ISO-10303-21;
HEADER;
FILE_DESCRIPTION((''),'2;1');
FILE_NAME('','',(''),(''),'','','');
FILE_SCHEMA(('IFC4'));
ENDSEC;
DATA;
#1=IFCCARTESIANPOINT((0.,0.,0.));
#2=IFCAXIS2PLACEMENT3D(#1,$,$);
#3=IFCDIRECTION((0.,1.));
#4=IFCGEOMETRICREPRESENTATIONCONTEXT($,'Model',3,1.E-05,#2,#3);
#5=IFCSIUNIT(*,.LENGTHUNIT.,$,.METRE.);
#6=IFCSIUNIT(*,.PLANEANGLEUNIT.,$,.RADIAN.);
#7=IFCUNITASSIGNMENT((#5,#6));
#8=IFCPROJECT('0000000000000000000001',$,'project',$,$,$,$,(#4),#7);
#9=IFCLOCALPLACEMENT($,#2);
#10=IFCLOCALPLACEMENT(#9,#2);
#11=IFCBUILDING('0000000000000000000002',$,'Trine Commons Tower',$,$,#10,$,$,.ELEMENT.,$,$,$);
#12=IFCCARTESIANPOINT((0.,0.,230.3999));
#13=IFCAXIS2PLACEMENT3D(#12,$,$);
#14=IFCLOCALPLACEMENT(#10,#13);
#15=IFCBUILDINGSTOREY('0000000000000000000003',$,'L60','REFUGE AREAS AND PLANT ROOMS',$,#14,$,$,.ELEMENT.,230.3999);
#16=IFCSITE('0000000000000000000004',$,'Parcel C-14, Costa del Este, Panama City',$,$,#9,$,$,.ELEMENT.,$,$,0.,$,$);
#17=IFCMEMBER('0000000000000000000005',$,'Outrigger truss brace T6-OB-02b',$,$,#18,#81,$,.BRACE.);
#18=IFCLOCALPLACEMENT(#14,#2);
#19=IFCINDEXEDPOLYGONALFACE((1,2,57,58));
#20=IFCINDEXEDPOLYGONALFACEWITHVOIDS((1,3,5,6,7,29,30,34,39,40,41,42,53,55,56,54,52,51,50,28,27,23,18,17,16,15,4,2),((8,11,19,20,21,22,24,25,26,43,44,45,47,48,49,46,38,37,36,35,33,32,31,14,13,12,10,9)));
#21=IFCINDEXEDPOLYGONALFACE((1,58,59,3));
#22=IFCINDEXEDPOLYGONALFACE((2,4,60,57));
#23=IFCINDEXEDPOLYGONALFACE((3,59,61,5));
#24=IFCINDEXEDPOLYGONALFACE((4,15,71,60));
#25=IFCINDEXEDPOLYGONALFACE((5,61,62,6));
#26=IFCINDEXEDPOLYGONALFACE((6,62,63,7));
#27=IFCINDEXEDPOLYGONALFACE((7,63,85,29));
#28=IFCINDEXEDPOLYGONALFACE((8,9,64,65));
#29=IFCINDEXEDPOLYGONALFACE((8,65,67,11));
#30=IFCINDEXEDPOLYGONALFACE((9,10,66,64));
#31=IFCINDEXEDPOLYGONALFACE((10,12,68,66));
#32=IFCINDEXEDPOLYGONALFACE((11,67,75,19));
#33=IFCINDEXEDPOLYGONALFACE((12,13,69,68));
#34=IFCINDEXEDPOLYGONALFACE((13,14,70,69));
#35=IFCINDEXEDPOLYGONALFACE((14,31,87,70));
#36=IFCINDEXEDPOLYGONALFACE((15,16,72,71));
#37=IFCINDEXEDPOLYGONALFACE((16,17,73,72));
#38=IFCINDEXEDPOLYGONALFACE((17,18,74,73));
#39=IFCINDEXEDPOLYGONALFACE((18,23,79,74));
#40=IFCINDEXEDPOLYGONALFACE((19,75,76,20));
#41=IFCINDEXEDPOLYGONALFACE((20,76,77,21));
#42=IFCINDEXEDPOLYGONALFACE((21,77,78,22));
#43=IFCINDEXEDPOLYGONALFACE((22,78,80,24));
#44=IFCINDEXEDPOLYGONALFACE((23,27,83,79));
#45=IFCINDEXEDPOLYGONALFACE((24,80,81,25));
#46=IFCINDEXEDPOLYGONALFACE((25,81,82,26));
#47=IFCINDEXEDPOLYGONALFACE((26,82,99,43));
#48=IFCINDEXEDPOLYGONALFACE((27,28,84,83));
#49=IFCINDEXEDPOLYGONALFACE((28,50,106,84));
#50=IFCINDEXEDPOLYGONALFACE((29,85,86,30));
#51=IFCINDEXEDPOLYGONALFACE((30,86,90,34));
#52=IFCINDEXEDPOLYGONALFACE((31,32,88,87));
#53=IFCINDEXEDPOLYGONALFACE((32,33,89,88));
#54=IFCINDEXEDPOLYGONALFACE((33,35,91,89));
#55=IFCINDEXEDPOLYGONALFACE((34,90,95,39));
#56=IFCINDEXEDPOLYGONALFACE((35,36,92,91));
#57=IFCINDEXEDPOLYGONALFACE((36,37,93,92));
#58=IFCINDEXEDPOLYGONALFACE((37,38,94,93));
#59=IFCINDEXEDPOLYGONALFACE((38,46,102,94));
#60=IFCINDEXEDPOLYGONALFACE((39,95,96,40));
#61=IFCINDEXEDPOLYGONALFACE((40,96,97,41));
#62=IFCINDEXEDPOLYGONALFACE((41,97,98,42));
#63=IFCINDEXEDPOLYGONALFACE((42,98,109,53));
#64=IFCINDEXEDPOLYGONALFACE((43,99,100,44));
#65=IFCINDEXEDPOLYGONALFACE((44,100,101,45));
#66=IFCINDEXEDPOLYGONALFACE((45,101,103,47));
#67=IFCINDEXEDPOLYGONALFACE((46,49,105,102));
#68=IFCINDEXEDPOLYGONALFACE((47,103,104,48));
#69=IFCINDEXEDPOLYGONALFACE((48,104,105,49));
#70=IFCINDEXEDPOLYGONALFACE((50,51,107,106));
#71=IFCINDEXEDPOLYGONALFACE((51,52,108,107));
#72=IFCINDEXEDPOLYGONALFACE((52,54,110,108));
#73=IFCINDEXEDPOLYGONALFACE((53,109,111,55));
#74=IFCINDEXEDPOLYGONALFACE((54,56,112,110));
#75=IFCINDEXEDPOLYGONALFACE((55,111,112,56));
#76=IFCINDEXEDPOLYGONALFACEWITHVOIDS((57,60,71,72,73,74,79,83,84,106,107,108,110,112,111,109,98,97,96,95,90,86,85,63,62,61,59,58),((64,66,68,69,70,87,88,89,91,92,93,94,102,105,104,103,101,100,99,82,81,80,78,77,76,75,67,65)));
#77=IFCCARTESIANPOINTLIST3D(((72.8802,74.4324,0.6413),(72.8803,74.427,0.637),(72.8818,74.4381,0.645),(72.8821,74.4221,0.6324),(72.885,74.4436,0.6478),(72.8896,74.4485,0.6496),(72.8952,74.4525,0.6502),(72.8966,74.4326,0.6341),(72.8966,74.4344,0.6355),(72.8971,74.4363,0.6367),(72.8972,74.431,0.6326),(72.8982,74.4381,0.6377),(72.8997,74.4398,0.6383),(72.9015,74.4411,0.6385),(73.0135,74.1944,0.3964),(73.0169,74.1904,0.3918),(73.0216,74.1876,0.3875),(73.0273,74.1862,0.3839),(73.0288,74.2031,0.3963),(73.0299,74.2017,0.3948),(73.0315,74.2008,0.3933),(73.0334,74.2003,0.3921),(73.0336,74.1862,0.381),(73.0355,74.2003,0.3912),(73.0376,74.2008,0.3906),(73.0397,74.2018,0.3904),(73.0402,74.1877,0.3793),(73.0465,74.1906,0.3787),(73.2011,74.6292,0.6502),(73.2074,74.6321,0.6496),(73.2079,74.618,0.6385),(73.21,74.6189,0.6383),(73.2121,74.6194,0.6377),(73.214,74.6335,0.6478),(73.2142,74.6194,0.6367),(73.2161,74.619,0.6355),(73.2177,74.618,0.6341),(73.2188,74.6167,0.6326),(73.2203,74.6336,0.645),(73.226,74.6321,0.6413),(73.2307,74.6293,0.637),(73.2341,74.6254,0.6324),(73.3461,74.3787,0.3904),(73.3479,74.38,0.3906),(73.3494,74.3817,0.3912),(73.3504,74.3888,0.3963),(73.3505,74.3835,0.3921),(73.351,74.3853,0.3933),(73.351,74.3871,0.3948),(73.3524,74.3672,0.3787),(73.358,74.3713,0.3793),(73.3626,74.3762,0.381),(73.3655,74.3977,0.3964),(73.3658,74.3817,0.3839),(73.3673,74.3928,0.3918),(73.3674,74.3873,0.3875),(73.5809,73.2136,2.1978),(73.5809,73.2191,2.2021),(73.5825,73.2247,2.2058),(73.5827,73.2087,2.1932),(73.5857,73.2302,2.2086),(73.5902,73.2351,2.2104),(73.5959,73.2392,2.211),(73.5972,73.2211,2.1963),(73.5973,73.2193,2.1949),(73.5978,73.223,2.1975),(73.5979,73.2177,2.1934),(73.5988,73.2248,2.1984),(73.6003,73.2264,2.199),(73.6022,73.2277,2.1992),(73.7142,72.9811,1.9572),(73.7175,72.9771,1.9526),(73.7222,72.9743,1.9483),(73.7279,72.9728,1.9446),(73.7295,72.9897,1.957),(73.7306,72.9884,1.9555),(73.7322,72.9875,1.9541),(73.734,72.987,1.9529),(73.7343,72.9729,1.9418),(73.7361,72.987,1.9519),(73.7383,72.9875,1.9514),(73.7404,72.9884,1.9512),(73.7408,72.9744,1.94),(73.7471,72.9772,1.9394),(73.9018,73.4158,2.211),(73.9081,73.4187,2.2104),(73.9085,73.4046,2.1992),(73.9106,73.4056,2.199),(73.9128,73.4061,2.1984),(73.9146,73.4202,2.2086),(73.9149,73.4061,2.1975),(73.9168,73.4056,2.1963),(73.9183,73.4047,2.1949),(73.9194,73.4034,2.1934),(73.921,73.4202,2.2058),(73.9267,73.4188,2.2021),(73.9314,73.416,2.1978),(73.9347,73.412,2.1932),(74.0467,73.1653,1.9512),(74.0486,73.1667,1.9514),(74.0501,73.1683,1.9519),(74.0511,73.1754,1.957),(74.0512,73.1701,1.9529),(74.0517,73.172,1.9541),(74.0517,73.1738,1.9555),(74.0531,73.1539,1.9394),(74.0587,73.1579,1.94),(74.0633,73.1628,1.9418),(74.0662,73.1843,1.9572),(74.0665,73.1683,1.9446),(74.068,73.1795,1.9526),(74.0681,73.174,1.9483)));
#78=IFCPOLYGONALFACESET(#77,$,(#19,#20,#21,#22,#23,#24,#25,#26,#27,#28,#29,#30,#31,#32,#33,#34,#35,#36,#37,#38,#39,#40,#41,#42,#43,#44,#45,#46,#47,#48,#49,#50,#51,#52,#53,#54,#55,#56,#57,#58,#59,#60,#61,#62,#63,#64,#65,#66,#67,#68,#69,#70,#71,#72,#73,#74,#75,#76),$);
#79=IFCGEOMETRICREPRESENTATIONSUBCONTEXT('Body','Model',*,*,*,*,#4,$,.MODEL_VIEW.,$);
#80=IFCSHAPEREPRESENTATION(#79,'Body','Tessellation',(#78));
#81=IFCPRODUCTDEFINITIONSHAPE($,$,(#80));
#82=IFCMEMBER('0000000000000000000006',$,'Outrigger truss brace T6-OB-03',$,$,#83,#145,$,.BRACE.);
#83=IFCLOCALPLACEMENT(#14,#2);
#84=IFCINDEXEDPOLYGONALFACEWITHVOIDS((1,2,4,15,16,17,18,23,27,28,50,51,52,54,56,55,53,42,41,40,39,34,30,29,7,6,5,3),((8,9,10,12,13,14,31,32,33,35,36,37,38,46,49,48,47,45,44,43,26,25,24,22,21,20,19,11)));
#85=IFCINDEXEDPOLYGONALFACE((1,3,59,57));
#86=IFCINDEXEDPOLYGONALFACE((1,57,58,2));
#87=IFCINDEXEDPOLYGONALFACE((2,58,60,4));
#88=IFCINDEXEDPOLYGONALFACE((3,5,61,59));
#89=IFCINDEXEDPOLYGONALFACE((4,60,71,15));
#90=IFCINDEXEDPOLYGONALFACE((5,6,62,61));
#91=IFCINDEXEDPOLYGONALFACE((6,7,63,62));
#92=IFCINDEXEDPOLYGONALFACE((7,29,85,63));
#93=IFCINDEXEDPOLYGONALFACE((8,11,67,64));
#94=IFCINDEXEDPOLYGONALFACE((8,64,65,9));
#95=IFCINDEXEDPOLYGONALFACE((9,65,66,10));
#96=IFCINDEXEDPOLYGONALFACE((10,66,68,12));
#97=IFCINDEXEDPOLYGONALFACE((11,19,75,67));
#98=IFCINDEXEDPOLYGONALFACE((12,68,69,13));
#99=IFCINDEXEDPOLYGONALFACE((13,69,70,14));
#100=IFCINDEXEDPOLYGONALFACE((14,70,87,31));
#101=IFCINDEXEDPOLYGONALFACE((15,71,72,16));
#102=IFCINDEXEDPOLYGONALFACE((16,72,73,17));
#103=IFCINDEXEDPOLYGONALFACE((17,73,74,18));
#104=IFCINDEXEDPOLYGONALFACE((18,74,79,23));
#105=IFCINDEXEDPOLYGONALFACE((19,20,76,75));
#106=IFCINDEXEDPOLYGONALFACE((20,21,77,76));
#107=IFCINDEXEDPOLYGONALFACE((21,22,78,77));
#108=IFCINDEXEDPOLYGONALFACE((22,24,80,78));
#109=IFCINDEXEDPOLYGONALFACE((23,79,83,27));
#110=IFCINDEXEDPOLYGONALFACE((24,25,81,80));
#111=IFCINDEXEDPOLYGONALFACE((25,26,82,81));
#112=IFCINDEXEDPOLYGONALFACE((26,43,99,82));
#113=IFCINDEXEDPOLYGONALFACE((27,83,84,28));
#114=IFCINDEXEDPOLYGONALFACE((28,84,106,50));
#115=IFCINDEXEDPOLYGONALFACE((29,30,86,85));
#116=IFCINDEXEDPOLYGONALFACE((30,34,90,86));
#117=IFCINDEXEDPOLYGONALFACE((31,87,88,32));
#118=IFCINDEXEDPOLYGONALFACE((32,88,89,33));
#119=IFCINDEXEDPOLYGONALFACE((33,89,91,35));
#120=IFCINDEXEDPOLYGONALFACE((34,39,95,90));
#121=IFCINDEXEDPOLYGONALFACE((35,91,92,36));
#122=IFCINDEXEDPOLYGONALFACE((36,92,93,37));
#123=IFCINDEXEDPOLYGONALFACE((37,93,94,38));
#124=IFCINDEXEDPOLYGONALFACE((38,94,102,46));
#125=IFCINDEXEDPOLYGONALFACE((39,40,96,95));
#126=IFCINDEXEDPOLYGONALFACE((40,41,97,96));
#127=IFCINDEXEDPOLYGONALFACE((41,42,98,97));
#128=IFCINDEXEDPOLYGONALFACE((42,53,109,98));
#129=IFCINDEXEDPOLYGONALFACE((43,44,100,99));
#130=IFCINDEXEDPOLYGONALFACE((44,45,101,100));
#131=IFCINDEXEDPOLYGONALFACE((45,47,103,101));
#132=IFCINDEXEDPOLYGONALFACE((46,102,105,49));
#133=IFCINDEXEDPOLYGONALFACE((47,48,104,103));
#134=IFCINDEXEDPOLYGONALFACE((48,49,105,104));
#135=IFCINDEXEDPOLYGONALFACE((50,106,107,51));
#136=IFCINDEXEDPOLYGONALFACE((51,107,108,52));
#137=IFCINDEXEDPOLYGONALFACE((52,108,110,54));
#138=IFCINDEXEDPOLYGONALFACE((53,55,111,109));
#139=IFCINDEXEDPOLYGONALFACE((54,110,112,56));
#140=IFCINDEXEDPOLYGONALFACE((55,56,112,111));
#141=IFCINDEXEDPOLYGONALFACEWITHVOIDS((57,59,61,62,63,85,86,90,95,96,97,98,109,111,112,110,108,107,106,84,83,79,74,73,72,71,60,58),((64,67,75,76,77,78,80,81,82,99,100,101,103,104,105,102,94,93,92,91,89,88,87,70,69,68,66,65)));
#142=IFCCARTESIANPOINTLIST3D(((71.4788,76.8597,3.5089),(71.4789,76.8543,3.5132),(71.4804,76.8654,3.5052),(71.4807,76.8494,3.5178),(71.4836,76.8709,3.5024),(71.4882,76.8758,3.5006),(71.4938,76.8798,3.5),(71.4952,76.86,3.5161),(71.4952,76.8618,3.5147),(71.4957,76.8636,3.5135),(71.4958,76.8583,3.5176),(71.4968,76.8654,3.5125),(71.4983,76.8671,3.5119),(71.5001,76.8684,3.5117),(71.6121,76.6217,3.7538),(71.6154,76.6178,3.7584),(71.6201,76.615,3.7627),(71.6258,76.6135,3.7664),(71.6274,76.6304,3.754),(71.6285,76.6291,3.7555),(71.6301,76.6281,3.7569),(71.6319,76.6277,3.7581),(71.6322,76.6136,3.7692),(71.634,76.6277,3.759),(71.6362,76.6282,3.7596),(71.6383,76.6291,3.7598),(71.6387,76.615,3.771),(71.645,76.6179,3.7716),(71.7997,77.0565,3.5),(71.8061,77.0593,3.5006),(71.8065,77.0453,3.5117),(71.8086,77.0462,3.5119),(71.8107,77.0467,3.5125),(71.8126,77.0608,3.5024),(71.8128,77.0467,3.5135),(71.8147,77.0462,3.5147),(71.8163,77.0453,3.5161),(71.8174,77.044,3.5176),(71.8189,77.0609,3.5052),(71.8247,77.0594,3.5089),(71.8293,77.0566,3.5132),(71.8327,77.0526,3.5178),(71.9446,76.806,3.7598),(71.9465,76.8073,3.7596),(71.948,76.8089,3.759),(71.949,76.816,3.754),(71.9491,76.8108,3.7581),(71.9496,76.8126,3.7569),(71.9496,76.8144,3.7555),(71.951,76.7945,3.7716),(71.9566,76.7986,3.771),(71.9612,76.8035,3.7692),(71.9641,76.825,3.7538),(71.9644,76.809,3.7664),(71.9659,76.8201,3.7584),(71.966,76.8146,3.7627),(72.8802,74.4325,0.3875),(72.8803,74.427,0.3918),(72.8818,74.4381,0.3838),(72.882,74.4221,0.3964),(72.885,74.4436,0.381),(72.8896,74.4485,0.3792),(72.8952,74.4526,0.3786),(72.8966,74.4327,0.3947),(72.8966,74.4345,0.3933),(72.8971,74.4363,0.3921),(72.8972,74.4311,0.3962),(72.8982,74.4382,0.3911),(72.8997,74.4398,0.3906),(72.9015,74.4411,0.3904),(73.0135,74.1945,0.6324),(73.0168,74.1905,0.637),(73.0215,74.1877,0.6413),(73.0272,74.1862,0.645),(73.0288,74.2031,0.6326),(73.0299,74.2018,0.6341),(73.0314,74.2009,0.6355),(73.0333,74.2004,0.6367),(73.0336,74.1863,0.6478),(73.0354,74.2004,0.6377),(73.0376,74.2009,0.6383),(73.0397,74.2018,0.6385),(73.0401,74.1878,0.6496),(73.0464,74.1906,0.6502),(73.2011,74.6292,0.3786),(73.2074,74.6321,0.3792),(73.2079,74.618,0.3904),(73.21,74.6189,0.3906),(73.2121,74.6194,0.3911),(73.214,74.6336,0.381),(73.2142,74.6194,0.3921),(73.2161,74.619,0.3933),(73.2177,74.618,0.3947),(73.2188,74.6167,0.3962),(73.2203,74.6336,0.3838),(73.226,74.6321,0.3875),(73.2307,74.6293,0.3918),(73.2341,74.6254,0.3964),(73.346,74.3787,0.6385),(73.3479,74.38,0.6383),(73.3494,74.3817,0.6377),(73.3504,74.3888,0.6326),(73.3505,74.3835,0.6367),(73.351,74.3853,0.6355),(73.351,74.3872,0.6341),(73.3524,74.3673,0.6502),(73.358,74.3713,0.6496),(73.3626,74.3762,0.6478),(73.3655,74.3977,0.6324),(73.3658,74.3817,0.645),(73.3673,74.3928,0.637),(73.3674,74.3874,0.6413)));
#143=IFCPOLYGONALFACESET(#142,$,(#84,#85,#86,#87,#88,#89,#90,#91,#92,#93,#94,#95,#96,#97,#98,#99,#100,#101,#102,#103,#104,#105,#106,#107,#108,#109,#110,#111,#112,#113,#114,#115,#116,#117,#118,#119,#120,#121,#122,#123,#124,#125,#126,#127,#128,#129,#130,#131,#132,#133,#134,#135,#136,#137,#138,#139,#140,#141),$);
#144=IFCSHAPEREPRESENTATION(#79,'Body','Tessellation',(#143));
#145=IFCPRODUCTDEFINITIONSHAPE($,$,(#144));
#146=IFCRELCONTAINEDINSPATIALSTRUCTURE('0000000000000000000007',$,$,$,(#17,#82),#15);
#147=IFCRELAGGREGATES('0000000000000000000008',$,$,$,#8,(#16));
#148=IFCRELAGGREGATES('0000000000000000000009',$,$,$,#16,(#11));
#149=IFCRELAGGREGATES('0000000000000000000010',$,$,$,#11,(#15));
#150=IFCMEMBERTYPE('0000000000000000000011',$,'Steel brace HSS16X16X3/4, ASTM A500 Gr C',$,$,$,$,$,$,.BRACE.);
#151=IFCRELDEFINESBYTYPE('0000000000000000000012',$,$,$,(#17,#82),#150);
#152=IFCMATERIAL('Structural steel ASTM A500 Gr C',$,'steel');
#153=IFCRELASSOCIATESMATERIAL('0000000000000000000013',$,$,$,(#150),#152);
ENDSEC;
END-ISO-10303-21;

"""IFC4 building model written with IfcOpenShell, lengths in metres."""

from ifc_helpers import new_model, si_unit, direction, frame, origin, origin_2d, place, context, subcontext, project, spatial, hollow_rectangle, extrude, material, material_profile, profile_set, type_object, element, save


model = new_model("IFC4")

# Units and contexts
model_context = context("Model", 3, precision=1e-05, world=origin(), true_north=direction((0.0, 1.0)))
body_context = subcontext(model_context, "Body", "Model", "MODEL_VIEW")
ifc_project = project(units=[si_unit("LENGTHUNIT", "METRE"), si_unit("PLANEANGLEUNIT", "RADIAN")], contexts=[model_context])

# Site, building, storey
site_placement = place(None, origin())
site = spatial("IfcSite", under=ifc_project, at=site_placement, Name="Parcel C-14, Costa del Este, Panama City", CompositionType="ELEMENT", RefElevation=0.0)
building_placement = place(site_placement, origin())
building = spatial("IfcBuilding", under=site, at=building_placement, Name="Trine Commons Tower", CompositionType="ELEMENT")
storey_placement = place(building_placement, frame((0.0, 0.0, 230.3999)))
storey = spatial("IfcBuildingStorey", under=building, at=storey_placement, Name="L60", Description="REFUGE AREAS AND PLANT ROOMS", CompositionType="ELEMENT", Elevation=230.3999)

# Members
ifc_material_1 = material(Name="Structural steel ASTM A500 Gr C", Category="steel")
ifc_material_profile_1 = material_profile(ifc_material_1, hollow_rectangle(XDim=0.4065, YDim=0.4065, WallThickness=0.0176, InnerFilletRadius=0.0088, OuterFilletRadius=0.0266, at=origin_2d()), Name="HSS16X16X3/4")
ifc_profile_set_1 = profile_set([ifc_material_profile_1], Name="Structural steel ASTM A500 Gr C")
member_type_1 = type_object("IfcMemberType", Name="Steel brace HSS16X16X3/4, ASTM A500 Gr C", PredefinedType="BRACE", material=ifc_profile_set_1)
for number, where, z_axis, x_axis, name in (
    (1, (73.8245, 73.1965, 2.0752), (-0.334064, 0.578501, -0.744136), (-0.865982, -0.500074, 0.0), "Outrigger truss brace T6-OB-02b"),
):
    element("IfcMember", number, at=place(storey_placement, frame(where, z_axis=z_axis, x_axis=x_axis)), inside=storey, type_object=member_type_1, Name=name, PredefinedType="BRACE", context=body_context, shape_type="SweptSolid", body=[
        extrude(hollow_rectangle(XDim=0.4065, YDim=0.4065, WallThickness=0.0176, InnerFilletRadius=0.0088, OuterFilletRadius=0.0266, at=origin_2d()), origin(), (0.0, 0.0, 1.0), 2.0974),
    ])
member_1_placement = place(storey_placement, frame((73.1238, 74.4099, 0.5144), z_axis=(-0.334056, 0.578603, 0.74406), x_axis=(-0.866026, -0.499999, 0.0)))
element("IfcMember", 2, at=member_1_placement, inside=storey, type_object=member_type_1, Name="Outrigger truss brace T6-OB-03", PredefinedType="BRACE", context=body_context, shape_type="SweptSolid", body=[
    extrude(hollow_rectangle(XDim=0.4065, YDim=0.4065, WallThickness=0.0176, InnerFilletRadius=0.0088, OuterFilletRadius=0.0266, at=origin_2d()), origin(), (0.0, 0.0, 1.0), 4.1951),
])

save(model, "model.ifc")
